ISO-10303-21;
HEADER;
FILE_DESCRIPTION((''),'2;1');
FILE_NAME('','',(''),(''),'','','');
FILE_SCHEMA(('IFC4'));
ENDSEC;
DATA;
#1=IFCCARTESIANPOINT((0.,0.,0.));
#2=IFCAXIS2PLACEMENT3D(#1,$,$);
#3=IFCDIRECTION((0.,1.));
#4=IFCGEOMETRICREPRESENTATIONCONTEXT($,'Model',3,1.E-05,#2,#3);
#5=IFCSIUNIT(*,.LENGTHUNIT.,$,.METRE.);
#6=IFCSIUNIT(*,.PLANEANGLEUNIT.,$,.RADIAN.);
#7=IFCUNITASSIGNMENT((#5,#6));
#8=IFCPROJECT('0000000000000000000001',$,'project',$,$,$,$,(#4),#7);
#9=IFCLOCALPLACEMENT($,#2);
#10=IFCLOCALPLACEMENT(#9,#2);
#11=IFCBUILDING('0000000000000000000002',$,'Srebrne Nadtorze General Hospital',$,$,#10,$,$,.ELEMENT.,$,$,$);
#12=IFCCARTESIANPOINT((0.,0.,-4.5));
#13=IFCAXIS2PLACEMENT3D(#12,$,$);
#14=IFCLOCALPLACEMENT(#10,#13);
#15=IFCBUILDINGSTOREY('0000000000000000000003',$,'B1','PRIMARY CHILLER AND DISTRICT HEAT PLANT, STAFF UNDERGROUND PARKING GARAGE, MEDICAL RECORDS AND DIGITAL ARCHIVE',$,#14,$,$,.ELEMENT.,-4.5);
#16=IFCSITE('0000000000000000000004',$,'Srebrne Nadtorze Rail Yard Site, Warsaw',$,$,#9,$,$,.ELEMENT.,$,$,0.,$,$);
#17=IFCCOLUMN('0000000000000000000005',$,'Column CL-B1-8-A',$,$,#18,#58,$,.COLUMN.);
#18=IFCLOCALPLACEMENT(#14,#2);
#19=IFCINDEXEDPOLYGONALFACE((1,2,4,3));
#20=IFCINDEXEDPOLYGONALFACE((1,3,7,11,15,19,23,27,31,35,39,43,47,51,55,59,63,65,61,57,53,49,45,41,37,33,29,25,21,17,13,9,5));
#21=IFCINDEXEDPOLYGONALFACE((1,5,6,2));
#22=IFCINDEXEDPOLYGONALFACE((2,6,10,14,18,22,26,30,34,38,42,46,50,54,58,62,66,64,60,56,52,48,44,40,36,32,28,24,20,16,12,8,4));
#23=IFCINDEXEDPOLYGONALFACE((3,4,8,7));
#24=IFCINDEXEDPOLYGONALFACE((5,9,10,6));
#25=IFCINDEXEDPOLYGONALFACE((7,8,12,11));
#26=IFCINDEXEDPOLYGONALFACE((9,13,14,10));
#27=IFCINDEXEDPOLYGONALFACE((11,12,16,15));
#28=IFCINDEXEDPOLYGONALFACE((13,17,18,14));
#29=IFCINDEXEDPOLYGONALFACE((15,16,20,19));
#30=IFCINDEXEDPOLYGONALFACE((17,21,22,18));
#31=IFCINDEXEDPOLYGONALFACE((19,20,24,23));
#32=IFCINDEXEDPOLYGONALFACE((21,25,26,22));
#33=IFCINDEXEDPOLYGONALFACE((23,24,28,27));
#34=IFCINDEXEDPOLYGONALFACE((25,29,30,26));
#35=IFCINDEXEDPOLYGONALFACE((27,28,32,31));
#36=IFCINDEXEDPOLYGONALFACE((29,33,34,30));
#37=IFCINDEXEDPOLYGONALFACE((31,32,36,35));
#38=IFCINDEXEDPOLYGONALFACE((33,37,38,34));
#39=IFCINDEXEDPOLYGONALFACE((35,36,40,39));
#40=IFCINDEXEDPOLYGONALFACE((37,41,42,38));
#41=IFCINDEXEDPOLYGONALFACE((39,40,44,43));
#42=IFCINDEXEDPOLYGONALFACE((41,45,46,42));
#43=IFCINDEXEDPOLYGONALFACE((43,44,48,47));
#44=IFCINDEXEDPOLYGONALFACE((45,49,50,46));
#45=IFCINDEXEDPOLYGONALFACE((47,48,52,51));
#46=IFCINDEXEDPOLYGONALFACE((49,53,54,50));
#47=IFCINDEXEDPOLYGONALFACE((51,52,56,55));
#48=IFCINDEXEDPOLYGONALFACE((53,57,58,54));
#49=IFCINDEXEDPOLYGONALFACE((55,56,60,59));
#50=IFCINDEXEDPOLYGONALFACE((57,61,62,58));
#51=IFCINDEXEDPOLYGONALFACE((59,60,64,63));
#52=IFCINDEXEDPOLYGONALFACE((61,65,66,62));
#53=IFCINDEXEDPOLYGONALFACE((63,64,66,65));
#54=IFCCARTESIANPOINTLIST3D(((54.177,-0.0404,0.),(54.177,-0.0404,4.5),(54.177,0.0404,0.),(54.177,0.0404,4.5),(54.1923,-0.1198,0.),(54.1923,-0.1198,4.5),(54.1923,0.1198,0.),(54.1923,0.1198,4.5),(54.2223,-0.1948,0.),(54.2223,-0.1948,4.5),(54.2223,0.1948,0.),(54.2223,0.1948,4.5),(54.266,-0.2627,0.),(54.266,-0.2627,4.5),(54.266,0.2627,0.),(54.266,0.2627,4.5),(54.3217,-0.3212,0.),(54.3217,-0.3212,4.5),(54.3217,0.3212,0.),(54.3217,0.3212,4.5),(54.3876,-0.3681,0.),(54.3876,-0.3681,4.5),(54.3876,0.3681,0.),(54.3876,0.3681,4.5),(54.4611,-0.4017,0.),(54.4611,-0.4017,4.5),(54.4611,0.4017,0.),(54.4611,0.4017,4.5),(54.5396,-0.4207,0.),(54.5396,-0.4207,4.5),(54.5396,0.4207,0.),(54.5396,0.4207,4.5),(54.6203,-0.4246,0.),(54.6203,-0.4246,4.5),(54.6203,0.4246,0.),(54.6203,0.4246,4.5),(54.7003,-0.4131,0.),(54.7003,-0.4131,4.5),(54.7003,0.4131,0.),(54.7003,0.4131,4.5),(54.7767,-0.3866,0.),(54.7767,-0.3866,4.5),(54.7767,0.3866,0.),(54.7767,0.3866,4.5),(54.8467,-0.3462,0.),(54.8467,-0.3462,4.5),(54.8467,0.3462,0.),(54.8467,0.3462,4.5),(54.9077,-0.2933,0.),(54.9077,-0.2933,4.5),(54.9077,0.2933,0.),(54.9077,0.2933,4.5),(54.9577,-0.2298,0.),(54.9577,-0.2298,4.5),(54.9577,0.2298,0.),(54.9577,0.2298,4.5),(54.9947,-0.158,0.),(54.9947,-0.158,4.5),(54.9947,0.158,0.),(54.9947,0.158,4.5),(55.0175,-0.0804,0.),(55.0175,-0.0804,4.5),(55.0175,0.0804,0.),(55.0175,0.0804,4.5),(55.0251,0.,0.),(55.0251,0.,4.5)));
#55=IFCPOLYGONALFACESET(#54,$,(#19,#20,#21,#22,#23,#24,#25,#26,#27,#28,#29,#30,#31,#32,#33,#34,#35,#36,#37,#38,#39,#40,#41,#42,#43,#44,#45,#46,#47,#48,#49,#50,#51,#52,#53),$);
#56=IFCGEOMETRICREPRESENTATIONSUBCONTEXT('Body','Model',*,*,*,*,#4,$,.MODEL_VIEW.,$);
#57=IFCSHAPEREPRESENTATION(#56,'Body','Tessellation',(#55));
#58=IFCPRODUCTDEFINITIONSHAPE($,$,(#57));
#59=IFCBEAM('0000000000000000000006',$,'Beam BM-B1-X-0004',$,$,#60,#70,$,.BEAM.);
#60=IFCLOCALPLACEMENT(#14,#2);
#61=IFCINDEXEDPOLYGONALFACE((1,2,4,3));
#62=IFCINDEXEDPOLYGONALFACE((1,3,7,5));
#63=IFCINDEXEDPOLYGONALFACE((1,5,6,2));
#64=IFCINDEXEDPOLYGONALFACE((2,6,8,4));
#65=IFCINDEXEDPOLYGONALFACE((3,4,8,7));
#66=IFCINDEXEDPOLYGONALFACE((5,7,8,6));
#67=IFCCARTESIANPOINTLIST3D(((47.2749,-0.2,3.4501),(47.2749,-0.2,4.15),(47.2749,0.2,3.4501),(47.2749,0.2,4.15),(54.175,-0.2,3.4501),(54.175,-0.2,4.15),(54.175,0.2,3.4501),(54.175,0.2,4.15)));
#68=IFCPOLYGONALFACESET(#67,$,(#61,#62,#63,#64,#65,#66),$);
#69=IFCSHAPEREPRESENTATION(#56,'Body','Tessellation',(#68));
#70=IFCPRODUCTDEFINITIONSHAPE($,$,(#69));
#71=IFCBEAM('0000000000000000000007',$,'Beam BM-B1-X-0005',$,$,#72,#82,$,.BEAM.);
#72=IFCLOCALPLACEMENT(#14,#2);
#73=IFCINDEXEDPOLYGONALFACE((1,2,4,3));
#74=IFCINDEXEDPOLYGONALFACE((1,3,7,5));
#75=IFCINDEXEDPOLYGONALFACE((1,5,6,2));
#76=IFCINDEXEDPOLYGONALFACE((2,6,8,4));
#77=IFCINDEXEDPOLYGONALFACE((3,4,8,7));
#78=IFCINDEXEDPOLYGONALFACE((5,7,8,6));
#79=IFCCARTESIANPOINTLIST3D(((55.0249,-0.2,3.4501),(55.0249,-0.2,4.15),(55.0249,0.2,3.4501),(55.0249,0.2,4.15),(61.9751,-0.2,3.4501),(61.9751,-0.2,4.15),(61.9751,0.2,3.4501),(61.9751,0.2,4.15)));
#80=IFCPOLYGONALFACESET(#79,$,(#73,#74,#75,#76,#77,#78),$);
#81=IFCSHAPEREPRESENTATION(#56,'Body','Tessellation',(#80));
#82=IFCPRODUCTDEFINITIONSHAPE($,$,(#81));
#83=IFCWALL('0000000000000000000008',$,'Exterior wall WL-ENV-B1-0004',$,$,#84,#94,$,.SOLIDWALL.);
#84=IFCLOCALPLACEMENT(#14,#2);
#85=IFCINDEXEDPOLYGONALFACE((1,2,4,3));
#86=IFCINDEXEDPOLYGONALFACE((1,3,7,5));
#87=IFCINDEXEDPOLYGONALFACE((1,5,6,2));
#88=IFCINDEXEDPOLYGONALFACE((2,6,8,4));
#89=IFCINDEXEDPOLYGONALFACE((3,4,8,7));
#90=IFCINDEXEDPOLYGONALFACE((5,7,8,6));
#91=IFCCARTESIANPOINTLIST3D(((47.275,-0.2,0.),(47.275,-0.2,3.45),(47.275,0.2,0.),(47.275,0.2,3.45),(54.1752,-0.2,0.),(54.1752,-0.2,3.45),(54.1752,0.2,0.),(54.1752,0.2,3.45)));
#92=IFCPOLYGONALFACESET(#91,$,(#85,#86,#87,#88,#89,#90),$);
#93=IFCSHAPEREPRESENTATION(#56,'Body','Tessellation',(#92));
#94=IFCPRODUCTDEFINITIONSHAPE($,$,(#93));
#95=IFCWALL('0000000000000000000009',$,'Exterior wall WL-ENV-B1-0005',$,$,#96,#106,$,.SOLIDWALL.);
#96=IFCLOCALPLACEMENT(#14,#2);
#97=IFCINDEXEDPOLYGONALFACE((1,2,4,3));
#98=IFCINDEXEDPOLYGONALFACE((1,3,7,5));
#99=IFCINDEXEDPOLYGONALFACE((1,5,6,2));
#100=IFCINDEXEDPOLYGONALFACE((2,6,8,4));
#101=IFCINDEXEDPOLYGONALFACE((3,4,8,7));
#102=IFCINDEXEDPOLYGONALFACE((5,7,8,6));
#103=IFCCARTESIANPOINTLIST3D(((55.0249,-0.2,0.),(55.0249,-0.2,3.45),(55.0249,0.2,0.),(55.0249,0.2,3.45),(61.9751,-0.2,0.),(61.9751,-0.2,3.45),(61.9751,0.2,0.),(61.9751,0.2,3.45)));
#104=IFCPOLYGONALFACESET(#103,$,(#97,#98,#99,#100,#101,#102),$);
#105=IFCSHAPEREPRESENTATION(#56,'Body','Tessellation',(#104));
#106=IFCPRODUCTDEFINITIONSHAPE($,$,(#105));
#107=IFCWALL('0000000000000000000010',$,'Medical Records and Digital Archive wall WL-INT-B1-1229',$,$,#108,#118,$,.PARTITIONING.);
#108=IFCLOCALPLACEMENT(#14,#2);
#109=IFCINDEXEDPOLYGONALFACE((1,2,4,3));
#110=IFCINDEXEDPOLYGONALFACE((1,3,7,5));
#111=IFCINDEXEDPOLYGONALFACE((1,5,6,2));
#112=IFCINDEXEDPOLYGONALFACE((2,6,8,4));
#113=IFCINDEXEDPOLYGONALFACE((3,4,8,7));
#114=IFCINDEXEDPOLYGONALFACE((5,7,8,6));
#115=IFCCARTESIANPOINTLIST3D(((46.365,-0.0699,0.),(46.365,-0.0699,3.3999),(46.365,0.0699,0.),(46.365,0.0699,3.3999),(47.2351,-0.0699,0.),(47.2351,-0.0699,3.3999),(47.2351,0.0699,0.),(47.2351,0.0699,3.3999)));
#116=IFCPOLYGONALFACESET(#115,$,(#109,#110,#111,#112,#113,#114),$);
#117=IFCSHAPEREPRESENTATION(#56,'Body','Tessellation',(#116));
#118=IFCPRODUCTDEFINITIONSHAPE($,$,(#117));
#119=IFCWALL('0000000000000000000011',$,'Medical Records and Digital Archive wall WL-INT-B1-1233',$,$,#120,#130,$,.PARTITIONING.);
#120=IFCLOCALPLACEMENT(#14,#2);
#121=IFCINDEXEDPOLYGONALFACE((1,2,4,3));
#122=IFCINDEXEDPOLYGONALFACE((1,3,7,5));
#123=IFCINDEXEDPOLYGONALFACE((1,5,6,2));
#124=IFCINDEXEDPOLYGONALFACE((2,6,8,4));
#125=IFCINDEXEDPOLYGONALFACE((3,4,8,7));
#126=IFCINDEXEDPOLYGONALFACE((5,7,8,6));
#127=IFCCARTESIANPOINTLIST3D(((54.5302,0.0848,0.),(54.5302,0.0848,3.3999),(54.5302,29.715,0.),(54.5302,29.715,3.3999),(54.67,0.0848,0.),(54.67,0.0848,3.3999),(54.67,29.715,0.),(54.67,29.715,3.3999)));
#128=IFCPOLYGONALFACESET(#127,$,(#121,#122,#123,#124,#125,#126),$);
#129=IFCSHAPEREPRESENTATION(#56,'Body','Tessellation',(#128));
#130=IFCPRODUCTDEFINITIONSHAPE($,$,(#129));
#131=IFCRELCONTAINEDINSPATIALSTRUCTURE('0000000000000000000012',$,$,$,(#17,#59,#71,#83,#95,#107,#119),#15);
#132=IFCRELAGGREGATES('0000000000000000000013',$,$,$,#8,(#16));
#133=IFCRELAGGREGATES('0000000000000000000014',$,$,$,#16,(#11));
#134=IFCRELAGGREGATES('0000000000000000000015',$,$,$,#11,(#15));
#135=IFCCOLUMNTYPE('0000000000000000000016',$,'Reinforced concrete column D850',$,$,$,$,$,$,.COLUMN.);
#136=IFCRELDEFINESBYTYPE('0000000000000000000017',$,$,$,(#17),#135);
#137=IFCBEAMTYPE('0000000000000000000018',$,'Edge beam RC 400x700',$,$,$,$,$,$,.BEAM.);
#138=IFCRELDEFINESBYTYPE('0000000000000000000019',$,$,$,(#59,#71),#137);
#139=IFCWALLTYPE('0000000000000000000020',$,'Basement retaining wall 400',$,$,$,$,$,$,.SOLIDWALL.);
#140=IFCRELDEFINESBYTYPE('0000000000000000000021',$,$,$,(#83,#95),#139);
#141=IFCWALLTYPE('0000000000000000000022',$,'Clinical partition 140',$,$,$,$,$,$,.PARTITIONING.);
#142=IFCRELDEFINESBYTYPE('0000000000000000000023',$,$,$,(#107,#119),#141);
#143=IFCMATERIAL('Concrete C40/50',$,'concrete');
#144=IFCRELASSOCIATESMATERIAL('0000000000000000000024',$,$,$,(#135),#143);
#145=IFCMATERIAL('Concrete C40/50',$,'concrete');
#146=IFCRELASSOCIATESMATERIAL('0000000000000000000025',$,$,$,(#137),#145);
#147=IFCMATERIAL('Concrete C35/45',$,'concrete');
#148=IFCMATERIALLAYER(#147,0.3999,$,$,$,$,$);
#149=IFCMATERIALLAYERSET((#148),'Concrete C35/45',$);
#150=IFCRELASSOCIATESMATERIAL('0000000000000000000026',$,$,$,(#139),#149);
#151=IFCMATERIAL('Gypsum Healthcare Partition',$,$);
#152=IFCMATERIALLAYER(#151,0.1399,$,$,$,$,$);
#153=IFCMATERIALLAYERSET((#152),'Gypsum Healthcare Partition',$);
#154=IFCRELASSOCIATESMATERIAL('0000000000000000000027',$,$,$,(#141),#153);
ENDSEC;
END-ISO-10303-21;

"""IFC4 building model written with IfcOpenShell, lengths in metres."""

from ifc_helpers import new_model, si_unit, direction, frame, frame_2d, origin, origin_2d, place, context, subcontext, project, spatial, rectangle, circle, extrude, material, layer, layer_set, material_profile, profile_set, type_object, element, save


model = new_model("IFC4")

# Units and contexts
model_context = context("Model", 3, precision=1e-05, world=origin(), true_north=direction((0.0, 1.0)))
body_context = subcontext(model_context, "Body", "Model", "MODEL_VIEW")
ifc_project = project(units=[si_unit("LENGTHUNIT", "METRE"), si_unit("PLANEANGLEUNIT", "RADIAN")], contexts=[model_context])

# Site, building, storey
site_placement = place(None, origin())
site = spatial("IfcSite", under=ifc_project, at=site_placement, Name="Srebrne Nadtorze Rail Yard Site, Warsaw", CompositionType="ELEMENT", RefElevation=0.0)
building_placement = place(site_placement, origin())
building = spatial("IfcBuilding", under=site, at=building_placement, Name="Srebrne Nadtorze General Hospital", CompositionType="ELEMENT")
storey_placement = place(building_placement, frame((0.0, 0.0, -4.5)))
storey = spatial("IfcBuildingStorey", under=building, at=storey_placement, Name="B1", Description="PRIMARY CHILLER AND DISTRICT HEAT PLANT, STAFF UNDERGROUND PARKING GARAGE, MEDICAL RECORDS AND DIGITAL ARCHIVE", CompositionType="ELEMENT", Elevation=-4.5)

# Column
ifc_material_1 = material(Name="Concrete C40/50", Category="concrete")
ifc_material_profile_1 = material_profile(ifc_material_1, circle(Radius=0.425, at=origin_2d()), Name="RC-COL-D850")
ifc_profile_set_1 = profile_set([ifc_material_profile_1], Name="Concrete C40/50")
column_type_1 = type_object("IfcColumnType", Name="Reinforced concrete column D850", PredefinedType="COLUMN", material=ifc_profile_set_1)
column_placement = place(storey_placement, frame((54.6001, 0.0, 0.0), z_axis=(0.0, 0.0, 1.0), x_axis=(1.0, 0.0, 0.0)))
element("IfcColumn", 1, at=column_placement, inside=storey, type_object=column_type_1, Name="Column CL-B1-8-A", PredefinedType="COLUMN", context=body_context, shape_type="SweptSolid", body=[
    extrude(circle(Radius=0.425, at=origin_2d()), origin(), (0.0, 0.0, 1.0), 4.5),
])

# Beams
ifc_material_2 = material(Name="Concrete C40/50", Category="concrete")
ifc_material_profile_2 = material_profile(ifc_material_2, rectangle(XDim=0.3999, YDim=0.7, at=origin_2d()), Name="RC-BM-400x700")
ifc_profile_set_2 = profile_set([ifc_material_profile_2], Name="Concrete C40/50")
beam_type = type_object("IfcBeamType", Name="Edge beam RC 400x700", PredefinedType="BEAM", material=ifc_profile_set_2)
beam_1_placement = place(storey_placement, frame((47.2749, 0.0, 3.8), z_axis=(1.0, 0.0, 0.0), x_axis=(0.0, 1.0, 0.0)))
element("IfcBeam", 2, at=beam_1_placement, inside=storey, type_object=beam_type, Name="Beam BM-B1-X-0004", PredefinedType="BEAM", context=body_context, shape_type="SweptSolid", body=[
    extrude(rectangle(XDim=0.3999, YDim=0.7, at=origin_2d()), origin(), (0.0, 0.0, 1.0), 6.9001),
])
beam_2_placement = place(storey_placement, frame((55.0249, 0.0, 3.8), z_axis=(1.0, 0.0, 0.0), x_axis=(0.0, 1.0, 0.0)))
element("IfcBeam", 3, at=beam_2_placement, inside=storey, type_object=beam_type, Name="Beam BM-B1-X-0005", PredefinedType="BEAM", context=body_context, shape_type="SweptSolid", body=[
    extrude(rectangle(XDim=0.3999, YDim=0.7, at=origin_2d()), origin(), (0.0, 0.0, 1.0), 6.9502),
])

# Walls
ifc_material_3 = material(Name="Concrete C35/45", Category="concrete")
ifc_layer_1 = layer(ifc_material_3, 0.3999)
ifc_layer_set_1 = layer_set([ifc_layer_1], Name="Concrete C35/45")
wall_type_1 = type_object("IfcWallType", Name="Basement retaining wall 400", PredefinedType="SOLIDWALL", material=ifc_layer_set_1)
wall_1_placement = place(storey_placement, frame((47.2749, 0.0, 0.0), z_axis=(0.0, 0.0, 1.0), x_axis=(1.0, 0.0, 0.0)))
element("IfcWall", 4, at=wall_1_placement, inside=storey, type_object=wall_type_1, Name="Exterior wall WL-ENV-B1-0004", PredefinedType="SOLIDWALL", context=body_context, shape_type="SweptSolid", body=[
    extrude(rectangle(XDim=6.9001, YDim=0.3999, at=frame_2d((3.4502, 0.0))), origin(), (0.0, 0.0, 1.0), 3.45),
])
wall_2_placement = place(storey_placement, frame((55.0249, 0.0, 0.0), z_axis=(0.0, 0.0, 1.0), x_axis=(1.0, 0.0, 0.0)))
element("IfcWall", 5, at=wall_2_placement, inside=storey, type_object=wall_type_1, Name="Exterior wall WL-ENV-B1-0005", PredefinedType="SOLIDWALL", context=body_context, shape_type="SweptSolid", body=[
    extrude(rectangle(XDim=6.9502, YDim=0.3999, at=frame_2d((3.4751, 0.0))), origin(), (0.0, 0.0, 1.0), 3.45),
])
ifc_material_4 = material(Name="Gypsum Healthcare Partition")
ifc_layer_2 = layer(ifc_material_4, 0.1399)
ifc_layer_set_2 = layer_set([ifc_layer_2], Name="Gypsum Healthcare Partition")
wall_type_2 = type_object("IfcWallType", Name="Clinical partition 140", PredefinedType="PARTITIONING", material=ifc_layer_set_2)
wall_3_placement = place(storey_placement, frame((46.365, 0.0, 0.0), z_axis=(0.0, 0.0, 1.0), x_axis=(1.0, 0.0, 0.0)))
element("IfcWall", 6, at=wall_3_placement, inside=storey, type_object=wall_type_2, Name="Medical Records and Digital Archive wall WL-INT-B1-1229", PredefinedType="PARTITIONING", context=body_context, shape_type="SweptSolid", body=[
    extrude(rectangle(XDim=0.8701, YDim=0.1399, at=frame_2d((0.4351, 0.0))), origin(), (0.0, 0.0, 1.0), 3.3999),
])
wall_4_placement = place(storey_placement, frame((54.6001, 0.085, 0.0), z_axis=(0.0, 0.0, 1.0), x_axis=(0.0, 1.0, 0.0)))
element("IfcWall", 7, at=wall_4_placement, inside=storey, type_object=wall_type_2, Name="Medical Records and Digital Archive wall WL-INT-B1-1233", PredefinedType="PARTITIONING", context=body_context, shape_type="SweptSolid", body=[
    extrude(rectangle(XDim=29.6301, YDim=0.1399, at=frame_2d((14.8149, 0.0))), origin(), (0.0, 0.0, 1.0), 3.3999),
])

save(model, "model.ifc")
